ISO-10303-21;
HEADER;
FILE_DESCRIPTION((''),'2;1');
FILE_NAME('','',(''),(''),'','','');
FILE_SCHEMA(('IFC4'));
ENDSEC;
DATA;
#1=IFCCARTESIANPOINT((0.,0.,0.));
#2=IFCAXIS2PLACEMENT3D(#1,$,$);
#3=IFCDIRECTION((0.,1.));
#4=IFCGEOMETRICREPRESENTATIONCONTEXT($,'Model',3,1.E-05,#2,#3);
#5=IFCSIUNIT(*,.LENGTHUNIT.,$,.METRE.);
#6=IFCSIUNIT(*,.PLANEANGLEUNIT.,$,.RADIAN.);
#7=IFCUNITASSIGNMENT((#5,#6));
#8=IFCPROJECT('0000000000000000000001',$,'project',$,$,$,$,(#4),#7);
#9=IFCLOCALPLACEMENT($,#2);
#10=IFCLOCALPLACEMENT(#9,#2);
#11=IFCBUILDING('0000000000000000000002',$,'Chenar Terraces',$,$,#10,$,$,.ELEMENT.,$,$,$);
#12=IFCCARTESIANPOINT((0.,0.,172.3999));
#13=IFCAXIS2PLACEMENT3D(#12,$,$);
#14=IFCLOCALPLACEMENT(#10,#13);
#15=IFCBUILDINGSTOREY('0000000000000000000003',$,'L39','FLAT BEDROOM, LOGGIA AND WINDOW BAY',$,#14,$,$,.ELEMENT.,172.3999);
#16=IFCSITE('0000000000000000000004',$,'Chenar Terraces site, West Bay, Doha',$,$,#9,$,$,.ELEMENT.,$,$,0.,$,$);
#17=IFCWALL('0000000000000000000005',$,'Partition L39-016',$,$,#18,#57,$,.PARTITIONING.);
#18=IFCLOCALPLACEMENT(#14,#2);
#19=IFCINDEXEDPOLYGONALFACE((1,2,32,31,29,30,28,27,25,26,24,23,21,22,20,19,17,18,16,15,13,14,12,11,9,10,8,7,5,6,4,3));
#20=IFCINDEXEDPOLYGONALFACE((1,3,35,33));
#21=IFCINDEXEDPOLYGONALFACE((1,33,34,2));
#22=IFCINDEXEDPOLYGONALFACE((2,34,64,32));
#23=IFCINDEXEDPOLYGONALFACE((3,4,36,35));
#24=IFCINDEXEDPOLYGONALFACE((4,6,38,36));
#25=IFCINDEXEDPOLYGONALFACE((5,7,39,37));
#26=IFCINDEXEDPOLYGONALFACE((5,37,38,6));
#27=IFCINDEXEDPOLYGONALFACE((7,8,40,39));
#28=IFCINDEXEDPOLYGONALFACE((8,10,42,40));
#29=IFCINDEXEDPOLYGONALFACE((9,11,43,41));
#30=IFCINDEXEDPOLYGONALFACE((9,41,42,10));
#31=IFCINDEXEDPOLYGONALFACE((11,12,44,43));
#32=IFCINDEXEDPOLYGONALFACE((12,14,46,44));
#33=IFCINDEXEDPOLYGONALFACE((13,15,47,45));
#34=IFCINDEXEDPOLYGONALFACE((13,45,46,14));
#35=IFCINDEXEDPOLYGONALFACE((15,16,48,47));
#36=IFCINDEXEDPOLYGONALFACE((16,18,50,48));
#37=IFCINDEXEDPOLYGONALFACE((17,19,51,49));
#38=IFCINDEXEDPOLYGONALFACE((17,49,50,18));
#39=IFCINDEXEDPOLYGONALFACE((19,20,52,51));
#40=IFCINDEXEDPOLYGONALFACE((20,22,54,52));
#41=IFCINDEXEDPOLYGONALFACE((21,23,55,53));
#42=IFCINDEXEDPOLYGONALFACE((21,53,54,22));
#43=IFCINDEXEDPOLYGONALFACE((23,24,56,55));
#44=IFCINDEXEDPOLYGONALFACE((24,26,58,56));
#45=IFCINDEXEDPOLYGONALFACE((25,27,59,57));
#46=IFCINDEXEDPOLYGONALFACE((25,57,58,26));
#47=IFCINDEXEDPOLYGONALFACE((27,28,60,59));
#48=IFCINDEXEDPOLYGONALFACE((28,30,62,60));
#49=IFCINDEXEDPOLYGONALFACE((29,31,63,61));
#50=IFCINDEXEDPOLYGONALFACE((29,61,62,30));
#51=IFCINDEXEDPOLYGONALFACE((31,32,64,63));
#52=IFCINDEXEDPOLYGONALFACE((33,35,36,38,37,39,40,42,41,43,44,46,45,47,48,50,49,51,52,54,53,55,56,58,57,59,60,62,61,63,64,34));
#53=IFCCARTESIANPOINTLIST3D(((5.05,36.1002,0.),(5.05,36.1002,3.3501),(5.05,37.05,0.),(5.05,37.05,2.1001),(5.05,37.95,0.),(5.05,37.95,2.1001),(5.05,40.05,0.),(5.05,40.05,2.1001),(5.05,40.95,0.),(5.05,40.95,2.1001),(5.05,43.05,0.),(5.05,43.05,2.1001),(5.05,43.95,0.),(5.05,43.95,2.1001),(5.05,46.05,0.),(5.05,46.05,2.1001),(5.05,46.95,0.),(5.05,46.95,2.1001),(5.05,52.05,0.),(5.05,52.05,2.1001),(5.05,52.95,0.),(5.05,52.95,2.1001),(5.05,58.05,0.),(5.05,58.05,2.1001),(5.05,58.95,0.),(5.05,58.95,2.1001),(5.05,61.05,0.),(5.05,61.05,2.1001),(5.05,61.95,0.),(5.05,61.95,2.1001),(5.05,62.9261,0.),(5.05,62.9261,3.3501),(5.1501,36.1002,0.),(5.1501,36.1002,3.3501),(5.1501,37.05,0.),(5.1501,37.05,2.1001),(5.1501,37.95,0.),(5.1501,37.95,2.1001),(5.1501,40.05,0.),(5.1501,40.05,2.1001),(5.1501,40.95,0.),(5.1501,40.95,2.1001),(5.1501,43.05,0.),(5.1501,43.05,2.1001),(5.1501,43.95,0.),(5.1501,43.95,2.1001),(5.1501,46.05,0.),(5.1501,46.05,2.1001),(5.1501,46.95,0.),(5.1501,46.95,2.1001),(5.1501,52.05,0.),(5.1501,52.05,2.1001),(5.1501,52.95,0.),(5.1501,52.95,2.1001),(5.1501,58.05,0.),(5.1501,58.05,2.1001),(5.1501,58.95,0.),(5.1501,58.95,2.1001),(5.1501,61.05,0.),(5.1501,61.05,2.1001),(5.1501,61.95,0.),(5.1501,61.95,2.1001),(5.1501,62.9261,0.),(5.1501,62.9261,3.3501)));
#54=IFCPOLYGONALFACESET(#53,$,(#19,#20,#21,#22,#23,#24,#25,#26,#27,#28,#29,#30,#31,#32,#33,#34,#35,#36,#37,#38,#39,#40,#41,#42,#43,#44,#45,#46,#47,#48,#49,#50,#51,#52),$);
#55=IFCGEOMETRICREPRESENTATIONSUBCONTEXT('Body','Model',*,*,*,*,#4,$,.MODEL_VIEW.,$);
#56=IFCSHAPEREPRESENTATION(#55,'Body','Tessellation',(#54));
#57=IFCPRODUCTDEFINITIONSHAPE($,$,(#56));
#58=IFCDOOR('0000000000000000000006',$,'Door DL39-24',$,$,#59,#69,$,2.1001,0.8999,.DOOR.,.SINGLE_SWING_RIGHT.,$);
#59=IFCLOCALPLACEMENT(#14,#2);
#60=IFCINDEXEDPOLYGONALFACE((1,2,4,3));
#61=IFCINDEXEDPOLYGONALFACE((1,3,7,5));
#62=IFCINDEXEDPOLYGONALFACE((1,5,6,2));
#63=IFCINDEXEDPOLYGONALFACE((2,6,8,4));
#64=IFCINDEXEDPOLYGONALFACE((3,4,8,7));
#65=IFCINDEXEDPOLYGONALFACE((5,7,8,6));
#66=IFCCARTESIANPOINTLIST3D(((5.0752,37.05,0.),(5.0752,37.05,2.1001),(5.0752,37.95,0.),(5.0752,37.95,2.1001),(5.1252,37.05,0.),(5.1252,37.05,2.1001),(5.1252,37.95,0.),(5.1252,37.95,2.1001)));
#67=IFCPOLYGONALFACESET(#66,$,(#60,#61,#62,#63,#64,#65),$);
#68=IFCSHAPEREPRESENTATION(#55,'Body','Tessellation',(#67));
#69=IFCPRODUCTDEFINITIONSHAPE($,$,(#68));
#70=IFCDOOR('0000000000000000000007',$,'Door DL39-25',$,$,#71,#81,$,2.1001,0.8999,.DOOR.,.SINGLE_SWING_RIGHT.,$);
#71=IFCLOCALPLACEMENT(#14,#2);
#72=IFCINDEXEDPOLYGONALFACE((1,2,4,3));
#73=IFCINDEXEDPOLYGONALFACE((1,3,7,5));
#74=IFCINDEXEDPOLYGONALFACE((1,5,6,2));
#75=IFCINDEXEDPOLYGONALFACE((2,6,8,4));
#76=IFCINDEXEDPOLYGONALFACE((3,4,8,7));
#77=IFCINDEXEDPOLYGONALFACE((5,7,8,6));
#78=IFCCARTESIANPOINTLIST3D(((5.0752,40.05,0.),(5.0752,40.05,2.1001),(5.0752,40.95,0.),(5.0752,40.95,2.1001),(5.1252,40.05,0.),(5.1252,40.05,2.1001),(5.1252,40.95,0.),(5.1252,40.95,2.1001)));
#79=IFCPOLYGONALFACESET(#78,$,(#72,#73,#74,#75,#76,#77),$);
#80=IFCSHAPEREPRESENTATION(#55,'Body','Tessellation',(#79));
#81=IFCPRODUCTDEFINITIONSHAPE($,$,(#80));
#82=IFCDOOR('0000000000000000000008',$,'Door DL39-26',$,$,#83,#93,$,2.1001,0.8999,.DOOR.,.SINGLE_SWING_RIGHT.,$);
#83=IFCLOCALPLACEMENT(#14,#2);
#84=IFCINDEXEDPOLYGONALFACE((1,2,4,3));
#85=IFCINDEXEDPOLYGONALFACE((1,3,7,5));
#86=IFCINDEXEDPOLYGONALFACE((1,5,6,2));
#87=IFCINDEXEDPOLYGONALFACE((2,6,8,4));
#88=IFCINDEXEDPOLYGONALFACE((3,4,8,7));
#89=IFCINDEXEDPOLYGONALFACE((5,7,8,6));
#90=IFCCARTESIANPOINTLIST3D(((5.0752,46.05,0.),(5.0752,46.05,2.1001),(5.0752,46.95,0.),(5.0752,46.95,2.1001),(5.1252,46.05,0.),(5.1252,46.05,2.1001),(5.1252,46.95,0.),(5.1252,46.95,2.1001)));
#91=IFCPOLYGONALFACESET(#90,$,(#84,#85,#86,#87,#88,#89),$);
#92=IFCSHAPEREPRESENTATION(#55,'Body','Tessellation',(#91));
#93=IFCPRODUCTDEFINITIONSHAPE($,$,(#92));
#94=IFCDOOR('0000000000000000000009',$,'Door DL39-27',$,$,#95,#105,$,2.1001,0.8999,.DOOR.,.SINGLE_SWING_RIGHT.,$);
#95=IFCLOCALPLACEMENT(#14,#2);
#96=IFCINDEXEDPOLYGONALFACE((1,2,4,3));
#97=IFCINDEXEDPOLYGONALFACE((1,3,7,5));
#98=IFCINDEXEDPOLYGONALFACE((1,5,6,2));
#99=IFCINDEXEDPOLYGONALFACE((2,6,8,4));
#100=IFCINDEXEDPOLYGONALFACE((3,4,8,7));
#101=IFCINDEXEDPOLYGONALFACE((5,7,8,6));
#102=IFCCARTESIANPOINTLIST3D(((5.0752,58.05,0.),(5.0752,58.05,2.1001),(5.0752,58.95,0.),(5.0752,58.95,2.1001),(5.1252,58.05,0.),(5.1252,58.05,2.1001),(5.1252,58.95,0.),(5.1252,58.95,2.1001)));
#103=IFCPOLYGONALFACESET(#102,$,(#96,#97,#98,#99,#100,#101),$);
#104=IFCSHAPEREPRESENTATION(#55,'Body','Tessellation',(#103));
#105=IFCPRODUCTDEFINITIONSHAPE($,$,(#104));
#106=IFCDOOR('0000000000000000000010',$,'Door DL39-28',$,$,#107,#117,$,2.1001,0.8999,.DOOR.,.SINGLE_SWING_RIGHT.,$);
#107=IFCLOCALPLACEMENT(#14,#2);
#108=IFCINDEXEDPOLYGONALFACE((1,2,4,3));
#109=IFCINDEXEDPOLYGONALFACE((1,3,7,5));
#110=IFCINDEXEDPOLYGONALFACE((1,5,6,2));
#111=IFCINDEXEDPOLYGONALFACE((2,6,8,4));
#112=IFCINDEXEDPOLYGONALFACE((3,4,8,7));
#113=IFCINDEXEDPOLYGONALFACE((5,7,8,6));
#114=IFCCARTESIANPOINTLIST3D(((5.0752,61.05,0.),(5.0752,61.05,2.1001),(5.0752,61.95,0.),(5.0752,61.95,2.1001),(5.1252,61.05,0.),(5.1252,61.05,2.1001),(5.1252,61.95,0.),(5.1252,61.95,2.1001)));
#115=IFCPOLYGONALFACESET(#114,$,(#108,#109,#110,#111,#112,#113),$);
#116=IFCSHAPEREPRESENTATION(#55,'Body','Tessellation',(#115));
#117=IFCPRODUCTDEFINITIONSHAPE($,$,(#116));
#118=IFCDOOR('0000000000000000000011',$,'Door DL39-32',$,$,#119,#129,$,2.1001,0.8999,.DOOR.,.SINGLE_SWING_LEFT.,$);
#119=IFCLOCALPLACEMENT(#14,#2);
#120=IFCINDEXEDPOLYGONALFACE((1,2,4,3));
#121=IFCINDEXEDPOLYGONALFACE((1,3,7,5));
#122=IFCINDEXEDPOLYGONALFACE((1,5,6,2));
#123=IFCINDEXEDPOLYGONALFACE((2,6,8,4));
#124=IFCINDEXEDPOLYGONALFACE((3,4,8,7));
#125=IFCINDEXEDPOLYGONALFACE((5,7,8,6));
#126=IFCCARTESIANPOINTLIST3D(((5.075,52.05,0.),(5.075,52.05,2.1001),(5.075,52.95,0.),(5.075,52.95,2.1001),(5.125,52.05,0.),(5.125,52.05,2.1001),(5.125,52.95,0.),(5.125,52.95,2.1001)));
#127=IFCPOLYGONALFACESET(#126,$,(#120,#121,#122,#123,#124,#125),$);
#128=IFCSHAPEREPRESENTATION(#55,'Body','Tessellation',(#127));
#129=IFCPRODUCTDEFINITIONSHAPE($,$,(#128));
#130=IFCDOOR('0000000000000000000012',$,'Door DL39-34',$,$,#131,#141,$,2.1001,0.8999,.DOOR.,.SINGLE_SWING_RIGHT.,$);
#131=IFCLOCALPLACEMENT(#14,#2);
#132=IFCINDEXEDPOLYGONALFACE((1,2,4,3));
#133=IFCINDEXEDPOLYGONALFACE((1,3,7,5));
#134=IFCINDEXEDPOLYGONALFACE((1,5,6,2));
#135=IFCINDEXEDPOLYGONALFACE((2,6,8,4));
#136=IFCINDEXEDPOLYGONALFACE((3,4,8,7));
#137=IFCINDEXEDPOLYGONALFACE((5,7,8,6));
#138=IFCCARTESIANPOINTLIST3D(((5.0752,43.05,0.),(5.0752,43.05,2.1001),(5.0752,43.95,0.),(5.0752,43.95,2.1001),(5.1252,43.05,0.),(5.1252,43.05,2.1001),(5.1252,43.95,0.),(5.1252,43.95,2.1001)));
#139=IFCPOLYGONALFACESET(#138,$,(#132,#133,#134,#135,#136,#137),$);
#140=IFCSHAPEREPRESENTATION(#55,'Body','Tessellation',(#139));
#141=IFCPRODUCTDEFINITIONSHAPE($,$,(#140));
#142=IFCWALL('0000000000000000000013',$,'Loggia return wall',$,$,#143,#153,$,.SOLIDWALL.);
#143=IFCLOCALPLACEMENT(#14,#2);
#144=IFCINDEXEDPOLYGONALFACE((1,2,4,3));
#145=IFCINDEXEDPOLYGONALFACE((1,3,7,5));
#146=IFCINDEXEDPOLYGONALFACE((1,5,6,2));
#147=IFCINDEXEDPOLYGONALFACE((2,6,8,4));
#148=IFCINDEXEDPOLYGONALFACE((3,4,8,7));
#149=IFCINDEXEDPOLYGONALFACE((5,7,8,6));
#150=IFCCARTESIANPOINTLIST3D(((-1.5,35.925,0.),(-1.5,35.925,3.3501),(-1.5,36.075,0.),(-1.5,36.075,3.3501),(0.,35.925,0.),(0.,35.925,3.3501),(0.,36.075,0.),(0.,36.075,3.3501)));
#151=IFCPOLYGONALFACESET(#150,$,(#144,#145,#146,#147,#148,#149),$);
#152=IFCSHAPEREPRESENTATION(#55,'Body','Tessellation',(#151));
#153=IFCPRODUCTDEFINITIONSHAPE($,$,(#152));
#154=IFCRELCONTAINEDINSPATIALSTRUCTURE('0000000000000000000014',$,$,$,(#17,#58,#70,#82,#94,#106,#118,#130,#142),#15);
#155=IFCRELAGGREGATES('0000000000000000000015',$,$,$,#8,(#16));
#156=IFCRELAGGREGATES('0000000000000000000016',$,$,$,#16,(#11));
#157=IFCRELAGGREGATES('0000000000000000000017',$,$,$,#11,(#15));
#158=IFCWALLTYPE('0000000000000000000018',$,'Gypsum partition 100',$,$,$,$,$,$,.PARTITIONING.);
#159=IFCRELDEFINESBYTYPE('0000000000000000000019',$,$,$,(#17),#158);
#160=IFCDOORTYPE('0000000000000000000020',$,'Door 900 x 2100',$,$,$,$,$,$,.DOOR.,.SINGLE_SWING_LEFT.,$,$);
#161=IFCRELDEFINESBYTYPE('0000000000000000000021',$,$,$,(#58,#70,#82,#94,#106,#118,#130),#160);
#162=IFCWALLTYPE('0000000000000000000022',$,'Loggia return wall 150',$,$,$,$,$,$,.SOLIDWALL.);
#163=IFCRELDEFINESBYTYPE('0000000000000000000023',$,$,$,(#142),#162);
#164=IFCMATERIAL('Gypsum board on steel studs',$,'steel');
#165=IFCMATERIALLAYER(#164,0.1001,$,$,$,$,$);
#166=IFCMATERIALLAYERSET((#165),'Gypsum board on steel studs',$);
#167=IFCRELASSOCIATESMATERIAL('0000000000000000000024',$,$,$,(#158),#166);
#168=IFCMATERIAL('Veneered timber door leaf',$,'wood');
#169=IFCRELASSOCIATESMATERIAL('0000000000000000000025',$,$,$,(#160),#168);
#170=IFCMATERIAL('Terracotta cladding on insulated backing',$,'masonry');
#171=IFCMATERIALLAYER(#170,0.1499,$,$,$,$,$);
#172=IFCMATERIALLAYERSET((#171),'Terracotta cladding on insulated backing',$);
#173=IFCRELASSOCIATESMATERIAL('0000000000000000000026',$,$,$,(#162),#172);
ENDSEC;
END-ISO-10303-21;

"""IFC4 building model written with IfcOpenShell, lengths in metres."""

from ifc_helpers import new_model, si_unit, direction, frame, frame_2d, origin, place, context, subcontext, project, spatial, rectangle, extrude, material, layer, layer_set, type_object, element, fill, save


model = new_model("IFC4")

# Units and contexts
model_context = context("Model", 3, precision=1e-05, world=origin(), true_north=direction((0.0, 1.0)))
body_context = subcontext(model_context, "Body", "Model", "MODEL_VIEW")
ifc_project = project(units=[si_unit("LENGTHUNIT", "METRE"), si_unit("PLANEANGLEUNIT", "RADIAN")], contexts=[model_context])

# Site, building, storey
site_placement = place(None, origin())
site = spatial("IfcSite", under=ifc_project, at=site_placement, Name="Chenar Terraces site, West Bay, Doha", CompositionType="ELEMENT", RefElevation=0.0)
building_placement = place(site_placement, origin())
building = spatial("IfcBuilding", under=site, at=building_placement, Name="Chenar Terraces", CompositionType="ELEMENT")
storey_placement = place(building_placement, frame((0.0, 0.0, 172.3999)))
storey = spatial("IfcBuildingStorey", under=building, at=storey_placement, Name="L39", Description="FLAT BEDROOM, LOGGIA AND WINDOW BAY", CompositionType="ELEMENT", Elevation=172.3999)

# Shared definitions
ifc_material_1 = material(Name="Gypsum board on steel studs", Category="steel")
ifc_layer_1 = layer(ifc_material_1, 0.1001)
ifc_layer_set_1 = layer_set([ifc_layer_1], Name="Gypsum board on steel studs")
wall_type_1 = type_object("IfcWallType", Name="Gypsum partition 100", PredefinedType="PARTITIONING", material=ifc_layer_set_1)

# Wall, openings, doors
wall_1_placement = place(storey_placement, frame((5.1001, 36.1001, 0.0), z_axis=(0.0, 0.0, 1.0), x_axis=(0.0, 1.0, 0.0)))
wall_1 = element("IfcWall", 1, at=wall_1_placement, inside=storey, type_object=wall_type_1, Name="Partition L39-016", PredefinedType="PARTITIONING", context=body_context, shape_type="SweptSolid", body=[
    extrude(rectangle(XDim=26.8259, YDim=0.1001, at=frame_2d((13.4131, 0.0))), origin(), (0.0, 0.0, 1.0), 3.3501),
])
opening_1_placement = place(wall_1_placement, frame((0.95, 0.0, 0.0)))
opening_1 = element("IfcOpeningElement", 2, at=opening_1_placement, cuts=wall_1, PredefinedType="OPENING", context=body_context, shape_type="SweptSolid", body=[
    extrude(rectangle(XDim=0.8999, YDim=2.1001, at=frame_2d((0.45, 1.05))), frame((0.0, 0.0601, 0.0), z_axis=(0.0, -1.0, 0.0), x_axis=(1.0, 0.0, 0.0)), (0.0, 0.0, 1.0), 0.1201),
])
opening_2_placement = place(wall_1_placement, frame((3.95, 0.0, 0.0)))
opening_2 = element("IfcOpeningElement", 3, at=opening_2_placement, cuts=wall_1, PredefinedType="OPENING", context=body_context, shape_type="SweptSolid", body=[
    extrude(rectangle(XDim=0.8999, YDim=2.1001, at=frame_2d((0.45, 1.05))), frame((0.0, 0.0601, 0.0), z_axis=(0.0, -1.0, 0.0), x_axis=(1.0, 0.0, 0.0)), (0.0, 0.0, 1.0), 0.1201),
])
opening_3_placement = place(wall_1_placement, frame((9.95, 0.0, 0.0)))
opening_3 = element("IfcOpeningElement", 4, at=opening_3_placement, cuts=wall_1, PredefinedType="OPENING", context=body_context, shape_type="SweptSolid", body=[
    extrude(rectangle(XDim=0.8999, YDim=2.1001, at=frame_2d((0.45, 1.05))), frame((0.0, 0.0601, 0.0), z_axis=(0.0, -1.0, 0.0), x_axis=(1.0, 0.0, 0.0)), (0.0, 0.0, 1.0), 0.1201),
])
opening_4_placement = place(wall_1_placement, frame((21.95, 0.0, 0.0)))
opening_4 = element("IfcOpeningElement", 5, at=opening_4_placement, cuts=wall_1, PredefinedType="OPENING", context=body_context, shape_type="SweptSolid", body=[
    extrude(rectangle(XDim=0.8999, YDim=2.1001, at=frame_2d((0.45, 1.05))), frame((0.0, 0.0601, 0.0), z_axis=(0.0, -1.0, 0.0), x_axis=(1.0, 0.0, 0.0)), (0.0, 0.0, 1.0), 0.1201),
])
opening_5_placement = place(wall_1_placement, frame((24.95, 0.0, 0.0)))
opening_5 = element("IfcOpeningElement", 6, at=opening_5_placement, cuts=wall_1, PredefinedType="OPENING", context=body_context, shape_type="SweptSolid", body=[
    extrude(rectangle(XDim=0.8999, YDim=2.1001, at=frame_2d((0.45, 1.05))), frame((0.0, 0.0601, 0.0), z_axis=(0.0, -1.0, 0.0), x_axis=(1.0, 0.0, 0.0)), (0.0, 0.0, 1.0), 0.1201),
])
opening_6_placement = place(wall_1_placement, frame((15.95, 0.0, 0.0)))
opening_6 = element("IfcOpeningElement", 7, at=opening_6_placement, cuts=wall_1, PredefinedType="OPENING", context=body_context, shape_type="SweptSolid", body=[
    extrude(rectangle(XDim=0.8999, YDim=2.1001, at=frame_2d((0.45, 1.05))), frame((0.0, 0.0601, 0.0), z_axis=(0.0, -1.0, 0.0), x_axis=(1.0, 0.0, 0.0)), (0.0, 0.0, 1.0), 0.1201),
])
opening_7_placement = place(wall_1_placement, frame((6.95, 0.0, 0.0)))
opening_7 = element("IfcOpeningElement", 8, at=opening_7_placement, cuts=wall_1, PredefinedType="OPENING", context=body_context, shape_type="SweptSolid", body=[
    extrude(rectangle(XDim=0.8999, YDim=2.1001, at=frame_2d((0.45, 1.05))), frame((0.0, 0.0601, 0.0), z_axis=(0.0, -1.0, 0.0), x_axis=(1.0, 0.0, 0.0)), (0.0, 0.0, 1.0), 0.1201),
])
ifc_material_2 = material(Name="Veneered timber door leaf", Category="wood")
door_type_1 = type_object("IfcDoorType", Name="Door 900 x 2100", OperationType="SINGLE_SWING_LEFT", PredefinedType="DOOR", material=ifc_material_2)
door_1_placement = place(opening_1_placement, origin())
door_1 = element("IfcDoor", 9, at=door_1_placement, inside=storey, type_object=door_type_1, Name="Door DL39-24", OperationType="SINGLE_SWING_RIGHT", OverallHeight=2.1001, OverallWidth=0.8999, PredefinedType="DOOR", context=body_context, shape_type="SweptSolid", body=[
    extrude(rectangle(XDim=0.8999, YDim=2.1001, at=frame_2d((0.45, 1.05))), frame((0.0, 0.0249, 0.0), z_axis=(0.0, -1.0, 0.0), x_axis=(1.0, 0.0, 0.0)), (0.0, 0.0, 1.0), 0.05),
])
fill(opening_1, door_1)
door_2_placement = place(opening_2_placement, origin())
door_2 = element("IfcDoor", 10, at=door_2_placement, inside=storey, type_object=door_type_1, Name="Door DL39-25", OperationType="SINGLE_SWING_RIGHT", OverallHeight=2.1001, OverallWidth=0.8999, PredefinedType="DOOR", context=body_context, shape_type="SweptSolid", body=[
    extrude(rectangle(XDim=0.8999, YDim=2.1001, at=frame_2d((0.45, 1.05))), frame((0.0, 0.0249, 0.0), z_axis=(0.0, -1.0, 0.0), x_axis=(1.0, 0.0, 0.0)), (0.0, 0.0, 1.0), 0.05),
])
fill(opening_2, door_2)
door_3_placement = place(opening_3_placement, origin())
door_3 = element("IfcDoor", 11, at=door_3_placement, inside=storey, type_object=door_type_1, Name="Door DL39-26", OperationType="SINGLE_SWING_RIGHT", OverallHeight=2.1001, OverallWidth=0.8999, PredefinedType="DOOR", context=body_context, shape_type="SweptSolid", body=[
    extrude(rectangle(XDim=0.8999, YDim=2.1001, at=frame_2d((0.45, 1.05))), frame((0.0, 0.0249, 0.0), z_axis=(0.0, -1.0, 0.0), x_axis=(1.0, 0.0, 0.0)), (0.0, 0.0, 1.0), 0.05),
])
fill(opening_3, door_3)
door_4_placement = place(opening_4_placement, origin())
door_4 = element("IfcDoor", 12, at=door_4_placement, inside=storey, type_object=door_type_1, Name="Door DL39-27", OperationType="SINGLE_SWING_RIGHT", OverallHeight=2.1001, OverallWidth=0.8999, PredefinedType="DOOR", context=body_context, shape_type="SweptSolid", body=[
    extrude(rectangle(XDim=0.8999, YDim=2.1001, at=frame_2d((0.45, 1.05))), frame((0.0, 0.0249, 0.0), z_axis=(0.0, -1.0, 0.0), x_axis=(1.0, 0.0, 0.0)), (0.0, 0.0, 1.0), 0.05),
])
fill(opening_4, door_4)
door_5_placement = place(opening_5_placement, origin())
door_5 = element("IfcDoor", 13, at=door_5_placement, inside=storey, type_object=door_type_1, Name="Door DL39-28", OperationType="SINGLE_SWING_RIGHT", OverallHeight=2.1001, OverallWidth=0.8999, PredefinedType="DOOR", context=body_context, shape_type="SweptSolid", body=[
    extrude(rectangle(XDim=0.8999, YDim=2.1001, at=frame_2d((0.45, 1.05))), frame((0.0, 0.0249, 0.0), z_axis=(0.0, -1.0, 0.0), x_axis=(1.0, 0.0, 0.0)), (0.0, 0.0, 1.0), 0.05),
])
fill(opening_5, door_5)
door_6_placement = place(opening_6_placement, frame((0.8999, 0.0, 0.0), z_axis=(0.0, 0.0, 1.0), x_axis=(-1.0, 0.0, 0.0)))
door_6 = element("IfcDoor", 14, at=door_6_placement, inside=storey, type_object=door_type_1, Name="Door DL39-32", OperationType="SINGLE_SWING_LEFT", OverallHeight=2.1001, OverallWidth=0.8999, PredefinedType="DOOR", context=body_context, shape_type="SweptSolid", body=[
    extrude(rectangle(XDim=0.8999, YDim=2.1001, at=frame_2d((0.45, 1.05))), frame((0.0, 0.0249, 0.0), z_axis=(0.0, -1.0, 0.0), x_axis=(1.0, 0.0, 0.0)), (0.0, 0.0, 1.0), 0.05),
])
fill(opening_6, door_6)
door_7_placement = place(opening_7_placement, origin())
door_7 = element("IfcDoor", 15, at=door_7_placement, inside=storey, type_object=door_type_1, Name="Door DL39-34", OperationType="SINGLE_SWING_RIGHT", OverallHeight=2.1001, OverallWidth=0.8999, PredefinedType="DOOR", context=body_context, shape_type="SweptSolid", body=[
    extrude(rectangle(XDim=0.8999, YDim=2.1001, at=frame_2d((0.45, 1.05))), frame((0.0, 0.0249, 0.0), z_axis=(0.0, -1.0, 0.0), x_axis=(1.0, 0.0, 0.0)), (0.0, 0.0, 1.0), 0.05),
])
fill(opening_7, door_7)

# Wall
ifc_material_3 = material(Name="Terracotta cladding on insulated backing", Category="masonry")
ifc_layer_2 = layer(ifc_material_3, 0.1499)
ifc_layer_set_2 = layer_set([ifc_layer_2], Name="Terracotta cladding on insulated backing")
wall_type_2 = type_object("IfcWallType", Name="Loggia return wall 150", PredefinedType="SOLIDWALL", material=ifc_layer_set_2)
wall_2_placement = place(storey_placement, frame((-1.5, 36.0, 0.0), z_axis=(0.0, 0.0, 1.0), x_axis=(1.0, 0.0, 0.0)))
element("IfcWall", 16, at=wall_2_placement, inside=storey, type_object=wall_type_2, Name="Loggia return wall", PredefinedType="SOLIDWALL", context=body_context, shape_type="SweptSolid", body=[
    extrude(rectangle(XDim=1.5, YDim=0.1499, at=frame_2d((0.75, 0.0))), origin(), (0.0, 0.0, 1.0), 3.3501),
])

save(model, "model.ifc")
